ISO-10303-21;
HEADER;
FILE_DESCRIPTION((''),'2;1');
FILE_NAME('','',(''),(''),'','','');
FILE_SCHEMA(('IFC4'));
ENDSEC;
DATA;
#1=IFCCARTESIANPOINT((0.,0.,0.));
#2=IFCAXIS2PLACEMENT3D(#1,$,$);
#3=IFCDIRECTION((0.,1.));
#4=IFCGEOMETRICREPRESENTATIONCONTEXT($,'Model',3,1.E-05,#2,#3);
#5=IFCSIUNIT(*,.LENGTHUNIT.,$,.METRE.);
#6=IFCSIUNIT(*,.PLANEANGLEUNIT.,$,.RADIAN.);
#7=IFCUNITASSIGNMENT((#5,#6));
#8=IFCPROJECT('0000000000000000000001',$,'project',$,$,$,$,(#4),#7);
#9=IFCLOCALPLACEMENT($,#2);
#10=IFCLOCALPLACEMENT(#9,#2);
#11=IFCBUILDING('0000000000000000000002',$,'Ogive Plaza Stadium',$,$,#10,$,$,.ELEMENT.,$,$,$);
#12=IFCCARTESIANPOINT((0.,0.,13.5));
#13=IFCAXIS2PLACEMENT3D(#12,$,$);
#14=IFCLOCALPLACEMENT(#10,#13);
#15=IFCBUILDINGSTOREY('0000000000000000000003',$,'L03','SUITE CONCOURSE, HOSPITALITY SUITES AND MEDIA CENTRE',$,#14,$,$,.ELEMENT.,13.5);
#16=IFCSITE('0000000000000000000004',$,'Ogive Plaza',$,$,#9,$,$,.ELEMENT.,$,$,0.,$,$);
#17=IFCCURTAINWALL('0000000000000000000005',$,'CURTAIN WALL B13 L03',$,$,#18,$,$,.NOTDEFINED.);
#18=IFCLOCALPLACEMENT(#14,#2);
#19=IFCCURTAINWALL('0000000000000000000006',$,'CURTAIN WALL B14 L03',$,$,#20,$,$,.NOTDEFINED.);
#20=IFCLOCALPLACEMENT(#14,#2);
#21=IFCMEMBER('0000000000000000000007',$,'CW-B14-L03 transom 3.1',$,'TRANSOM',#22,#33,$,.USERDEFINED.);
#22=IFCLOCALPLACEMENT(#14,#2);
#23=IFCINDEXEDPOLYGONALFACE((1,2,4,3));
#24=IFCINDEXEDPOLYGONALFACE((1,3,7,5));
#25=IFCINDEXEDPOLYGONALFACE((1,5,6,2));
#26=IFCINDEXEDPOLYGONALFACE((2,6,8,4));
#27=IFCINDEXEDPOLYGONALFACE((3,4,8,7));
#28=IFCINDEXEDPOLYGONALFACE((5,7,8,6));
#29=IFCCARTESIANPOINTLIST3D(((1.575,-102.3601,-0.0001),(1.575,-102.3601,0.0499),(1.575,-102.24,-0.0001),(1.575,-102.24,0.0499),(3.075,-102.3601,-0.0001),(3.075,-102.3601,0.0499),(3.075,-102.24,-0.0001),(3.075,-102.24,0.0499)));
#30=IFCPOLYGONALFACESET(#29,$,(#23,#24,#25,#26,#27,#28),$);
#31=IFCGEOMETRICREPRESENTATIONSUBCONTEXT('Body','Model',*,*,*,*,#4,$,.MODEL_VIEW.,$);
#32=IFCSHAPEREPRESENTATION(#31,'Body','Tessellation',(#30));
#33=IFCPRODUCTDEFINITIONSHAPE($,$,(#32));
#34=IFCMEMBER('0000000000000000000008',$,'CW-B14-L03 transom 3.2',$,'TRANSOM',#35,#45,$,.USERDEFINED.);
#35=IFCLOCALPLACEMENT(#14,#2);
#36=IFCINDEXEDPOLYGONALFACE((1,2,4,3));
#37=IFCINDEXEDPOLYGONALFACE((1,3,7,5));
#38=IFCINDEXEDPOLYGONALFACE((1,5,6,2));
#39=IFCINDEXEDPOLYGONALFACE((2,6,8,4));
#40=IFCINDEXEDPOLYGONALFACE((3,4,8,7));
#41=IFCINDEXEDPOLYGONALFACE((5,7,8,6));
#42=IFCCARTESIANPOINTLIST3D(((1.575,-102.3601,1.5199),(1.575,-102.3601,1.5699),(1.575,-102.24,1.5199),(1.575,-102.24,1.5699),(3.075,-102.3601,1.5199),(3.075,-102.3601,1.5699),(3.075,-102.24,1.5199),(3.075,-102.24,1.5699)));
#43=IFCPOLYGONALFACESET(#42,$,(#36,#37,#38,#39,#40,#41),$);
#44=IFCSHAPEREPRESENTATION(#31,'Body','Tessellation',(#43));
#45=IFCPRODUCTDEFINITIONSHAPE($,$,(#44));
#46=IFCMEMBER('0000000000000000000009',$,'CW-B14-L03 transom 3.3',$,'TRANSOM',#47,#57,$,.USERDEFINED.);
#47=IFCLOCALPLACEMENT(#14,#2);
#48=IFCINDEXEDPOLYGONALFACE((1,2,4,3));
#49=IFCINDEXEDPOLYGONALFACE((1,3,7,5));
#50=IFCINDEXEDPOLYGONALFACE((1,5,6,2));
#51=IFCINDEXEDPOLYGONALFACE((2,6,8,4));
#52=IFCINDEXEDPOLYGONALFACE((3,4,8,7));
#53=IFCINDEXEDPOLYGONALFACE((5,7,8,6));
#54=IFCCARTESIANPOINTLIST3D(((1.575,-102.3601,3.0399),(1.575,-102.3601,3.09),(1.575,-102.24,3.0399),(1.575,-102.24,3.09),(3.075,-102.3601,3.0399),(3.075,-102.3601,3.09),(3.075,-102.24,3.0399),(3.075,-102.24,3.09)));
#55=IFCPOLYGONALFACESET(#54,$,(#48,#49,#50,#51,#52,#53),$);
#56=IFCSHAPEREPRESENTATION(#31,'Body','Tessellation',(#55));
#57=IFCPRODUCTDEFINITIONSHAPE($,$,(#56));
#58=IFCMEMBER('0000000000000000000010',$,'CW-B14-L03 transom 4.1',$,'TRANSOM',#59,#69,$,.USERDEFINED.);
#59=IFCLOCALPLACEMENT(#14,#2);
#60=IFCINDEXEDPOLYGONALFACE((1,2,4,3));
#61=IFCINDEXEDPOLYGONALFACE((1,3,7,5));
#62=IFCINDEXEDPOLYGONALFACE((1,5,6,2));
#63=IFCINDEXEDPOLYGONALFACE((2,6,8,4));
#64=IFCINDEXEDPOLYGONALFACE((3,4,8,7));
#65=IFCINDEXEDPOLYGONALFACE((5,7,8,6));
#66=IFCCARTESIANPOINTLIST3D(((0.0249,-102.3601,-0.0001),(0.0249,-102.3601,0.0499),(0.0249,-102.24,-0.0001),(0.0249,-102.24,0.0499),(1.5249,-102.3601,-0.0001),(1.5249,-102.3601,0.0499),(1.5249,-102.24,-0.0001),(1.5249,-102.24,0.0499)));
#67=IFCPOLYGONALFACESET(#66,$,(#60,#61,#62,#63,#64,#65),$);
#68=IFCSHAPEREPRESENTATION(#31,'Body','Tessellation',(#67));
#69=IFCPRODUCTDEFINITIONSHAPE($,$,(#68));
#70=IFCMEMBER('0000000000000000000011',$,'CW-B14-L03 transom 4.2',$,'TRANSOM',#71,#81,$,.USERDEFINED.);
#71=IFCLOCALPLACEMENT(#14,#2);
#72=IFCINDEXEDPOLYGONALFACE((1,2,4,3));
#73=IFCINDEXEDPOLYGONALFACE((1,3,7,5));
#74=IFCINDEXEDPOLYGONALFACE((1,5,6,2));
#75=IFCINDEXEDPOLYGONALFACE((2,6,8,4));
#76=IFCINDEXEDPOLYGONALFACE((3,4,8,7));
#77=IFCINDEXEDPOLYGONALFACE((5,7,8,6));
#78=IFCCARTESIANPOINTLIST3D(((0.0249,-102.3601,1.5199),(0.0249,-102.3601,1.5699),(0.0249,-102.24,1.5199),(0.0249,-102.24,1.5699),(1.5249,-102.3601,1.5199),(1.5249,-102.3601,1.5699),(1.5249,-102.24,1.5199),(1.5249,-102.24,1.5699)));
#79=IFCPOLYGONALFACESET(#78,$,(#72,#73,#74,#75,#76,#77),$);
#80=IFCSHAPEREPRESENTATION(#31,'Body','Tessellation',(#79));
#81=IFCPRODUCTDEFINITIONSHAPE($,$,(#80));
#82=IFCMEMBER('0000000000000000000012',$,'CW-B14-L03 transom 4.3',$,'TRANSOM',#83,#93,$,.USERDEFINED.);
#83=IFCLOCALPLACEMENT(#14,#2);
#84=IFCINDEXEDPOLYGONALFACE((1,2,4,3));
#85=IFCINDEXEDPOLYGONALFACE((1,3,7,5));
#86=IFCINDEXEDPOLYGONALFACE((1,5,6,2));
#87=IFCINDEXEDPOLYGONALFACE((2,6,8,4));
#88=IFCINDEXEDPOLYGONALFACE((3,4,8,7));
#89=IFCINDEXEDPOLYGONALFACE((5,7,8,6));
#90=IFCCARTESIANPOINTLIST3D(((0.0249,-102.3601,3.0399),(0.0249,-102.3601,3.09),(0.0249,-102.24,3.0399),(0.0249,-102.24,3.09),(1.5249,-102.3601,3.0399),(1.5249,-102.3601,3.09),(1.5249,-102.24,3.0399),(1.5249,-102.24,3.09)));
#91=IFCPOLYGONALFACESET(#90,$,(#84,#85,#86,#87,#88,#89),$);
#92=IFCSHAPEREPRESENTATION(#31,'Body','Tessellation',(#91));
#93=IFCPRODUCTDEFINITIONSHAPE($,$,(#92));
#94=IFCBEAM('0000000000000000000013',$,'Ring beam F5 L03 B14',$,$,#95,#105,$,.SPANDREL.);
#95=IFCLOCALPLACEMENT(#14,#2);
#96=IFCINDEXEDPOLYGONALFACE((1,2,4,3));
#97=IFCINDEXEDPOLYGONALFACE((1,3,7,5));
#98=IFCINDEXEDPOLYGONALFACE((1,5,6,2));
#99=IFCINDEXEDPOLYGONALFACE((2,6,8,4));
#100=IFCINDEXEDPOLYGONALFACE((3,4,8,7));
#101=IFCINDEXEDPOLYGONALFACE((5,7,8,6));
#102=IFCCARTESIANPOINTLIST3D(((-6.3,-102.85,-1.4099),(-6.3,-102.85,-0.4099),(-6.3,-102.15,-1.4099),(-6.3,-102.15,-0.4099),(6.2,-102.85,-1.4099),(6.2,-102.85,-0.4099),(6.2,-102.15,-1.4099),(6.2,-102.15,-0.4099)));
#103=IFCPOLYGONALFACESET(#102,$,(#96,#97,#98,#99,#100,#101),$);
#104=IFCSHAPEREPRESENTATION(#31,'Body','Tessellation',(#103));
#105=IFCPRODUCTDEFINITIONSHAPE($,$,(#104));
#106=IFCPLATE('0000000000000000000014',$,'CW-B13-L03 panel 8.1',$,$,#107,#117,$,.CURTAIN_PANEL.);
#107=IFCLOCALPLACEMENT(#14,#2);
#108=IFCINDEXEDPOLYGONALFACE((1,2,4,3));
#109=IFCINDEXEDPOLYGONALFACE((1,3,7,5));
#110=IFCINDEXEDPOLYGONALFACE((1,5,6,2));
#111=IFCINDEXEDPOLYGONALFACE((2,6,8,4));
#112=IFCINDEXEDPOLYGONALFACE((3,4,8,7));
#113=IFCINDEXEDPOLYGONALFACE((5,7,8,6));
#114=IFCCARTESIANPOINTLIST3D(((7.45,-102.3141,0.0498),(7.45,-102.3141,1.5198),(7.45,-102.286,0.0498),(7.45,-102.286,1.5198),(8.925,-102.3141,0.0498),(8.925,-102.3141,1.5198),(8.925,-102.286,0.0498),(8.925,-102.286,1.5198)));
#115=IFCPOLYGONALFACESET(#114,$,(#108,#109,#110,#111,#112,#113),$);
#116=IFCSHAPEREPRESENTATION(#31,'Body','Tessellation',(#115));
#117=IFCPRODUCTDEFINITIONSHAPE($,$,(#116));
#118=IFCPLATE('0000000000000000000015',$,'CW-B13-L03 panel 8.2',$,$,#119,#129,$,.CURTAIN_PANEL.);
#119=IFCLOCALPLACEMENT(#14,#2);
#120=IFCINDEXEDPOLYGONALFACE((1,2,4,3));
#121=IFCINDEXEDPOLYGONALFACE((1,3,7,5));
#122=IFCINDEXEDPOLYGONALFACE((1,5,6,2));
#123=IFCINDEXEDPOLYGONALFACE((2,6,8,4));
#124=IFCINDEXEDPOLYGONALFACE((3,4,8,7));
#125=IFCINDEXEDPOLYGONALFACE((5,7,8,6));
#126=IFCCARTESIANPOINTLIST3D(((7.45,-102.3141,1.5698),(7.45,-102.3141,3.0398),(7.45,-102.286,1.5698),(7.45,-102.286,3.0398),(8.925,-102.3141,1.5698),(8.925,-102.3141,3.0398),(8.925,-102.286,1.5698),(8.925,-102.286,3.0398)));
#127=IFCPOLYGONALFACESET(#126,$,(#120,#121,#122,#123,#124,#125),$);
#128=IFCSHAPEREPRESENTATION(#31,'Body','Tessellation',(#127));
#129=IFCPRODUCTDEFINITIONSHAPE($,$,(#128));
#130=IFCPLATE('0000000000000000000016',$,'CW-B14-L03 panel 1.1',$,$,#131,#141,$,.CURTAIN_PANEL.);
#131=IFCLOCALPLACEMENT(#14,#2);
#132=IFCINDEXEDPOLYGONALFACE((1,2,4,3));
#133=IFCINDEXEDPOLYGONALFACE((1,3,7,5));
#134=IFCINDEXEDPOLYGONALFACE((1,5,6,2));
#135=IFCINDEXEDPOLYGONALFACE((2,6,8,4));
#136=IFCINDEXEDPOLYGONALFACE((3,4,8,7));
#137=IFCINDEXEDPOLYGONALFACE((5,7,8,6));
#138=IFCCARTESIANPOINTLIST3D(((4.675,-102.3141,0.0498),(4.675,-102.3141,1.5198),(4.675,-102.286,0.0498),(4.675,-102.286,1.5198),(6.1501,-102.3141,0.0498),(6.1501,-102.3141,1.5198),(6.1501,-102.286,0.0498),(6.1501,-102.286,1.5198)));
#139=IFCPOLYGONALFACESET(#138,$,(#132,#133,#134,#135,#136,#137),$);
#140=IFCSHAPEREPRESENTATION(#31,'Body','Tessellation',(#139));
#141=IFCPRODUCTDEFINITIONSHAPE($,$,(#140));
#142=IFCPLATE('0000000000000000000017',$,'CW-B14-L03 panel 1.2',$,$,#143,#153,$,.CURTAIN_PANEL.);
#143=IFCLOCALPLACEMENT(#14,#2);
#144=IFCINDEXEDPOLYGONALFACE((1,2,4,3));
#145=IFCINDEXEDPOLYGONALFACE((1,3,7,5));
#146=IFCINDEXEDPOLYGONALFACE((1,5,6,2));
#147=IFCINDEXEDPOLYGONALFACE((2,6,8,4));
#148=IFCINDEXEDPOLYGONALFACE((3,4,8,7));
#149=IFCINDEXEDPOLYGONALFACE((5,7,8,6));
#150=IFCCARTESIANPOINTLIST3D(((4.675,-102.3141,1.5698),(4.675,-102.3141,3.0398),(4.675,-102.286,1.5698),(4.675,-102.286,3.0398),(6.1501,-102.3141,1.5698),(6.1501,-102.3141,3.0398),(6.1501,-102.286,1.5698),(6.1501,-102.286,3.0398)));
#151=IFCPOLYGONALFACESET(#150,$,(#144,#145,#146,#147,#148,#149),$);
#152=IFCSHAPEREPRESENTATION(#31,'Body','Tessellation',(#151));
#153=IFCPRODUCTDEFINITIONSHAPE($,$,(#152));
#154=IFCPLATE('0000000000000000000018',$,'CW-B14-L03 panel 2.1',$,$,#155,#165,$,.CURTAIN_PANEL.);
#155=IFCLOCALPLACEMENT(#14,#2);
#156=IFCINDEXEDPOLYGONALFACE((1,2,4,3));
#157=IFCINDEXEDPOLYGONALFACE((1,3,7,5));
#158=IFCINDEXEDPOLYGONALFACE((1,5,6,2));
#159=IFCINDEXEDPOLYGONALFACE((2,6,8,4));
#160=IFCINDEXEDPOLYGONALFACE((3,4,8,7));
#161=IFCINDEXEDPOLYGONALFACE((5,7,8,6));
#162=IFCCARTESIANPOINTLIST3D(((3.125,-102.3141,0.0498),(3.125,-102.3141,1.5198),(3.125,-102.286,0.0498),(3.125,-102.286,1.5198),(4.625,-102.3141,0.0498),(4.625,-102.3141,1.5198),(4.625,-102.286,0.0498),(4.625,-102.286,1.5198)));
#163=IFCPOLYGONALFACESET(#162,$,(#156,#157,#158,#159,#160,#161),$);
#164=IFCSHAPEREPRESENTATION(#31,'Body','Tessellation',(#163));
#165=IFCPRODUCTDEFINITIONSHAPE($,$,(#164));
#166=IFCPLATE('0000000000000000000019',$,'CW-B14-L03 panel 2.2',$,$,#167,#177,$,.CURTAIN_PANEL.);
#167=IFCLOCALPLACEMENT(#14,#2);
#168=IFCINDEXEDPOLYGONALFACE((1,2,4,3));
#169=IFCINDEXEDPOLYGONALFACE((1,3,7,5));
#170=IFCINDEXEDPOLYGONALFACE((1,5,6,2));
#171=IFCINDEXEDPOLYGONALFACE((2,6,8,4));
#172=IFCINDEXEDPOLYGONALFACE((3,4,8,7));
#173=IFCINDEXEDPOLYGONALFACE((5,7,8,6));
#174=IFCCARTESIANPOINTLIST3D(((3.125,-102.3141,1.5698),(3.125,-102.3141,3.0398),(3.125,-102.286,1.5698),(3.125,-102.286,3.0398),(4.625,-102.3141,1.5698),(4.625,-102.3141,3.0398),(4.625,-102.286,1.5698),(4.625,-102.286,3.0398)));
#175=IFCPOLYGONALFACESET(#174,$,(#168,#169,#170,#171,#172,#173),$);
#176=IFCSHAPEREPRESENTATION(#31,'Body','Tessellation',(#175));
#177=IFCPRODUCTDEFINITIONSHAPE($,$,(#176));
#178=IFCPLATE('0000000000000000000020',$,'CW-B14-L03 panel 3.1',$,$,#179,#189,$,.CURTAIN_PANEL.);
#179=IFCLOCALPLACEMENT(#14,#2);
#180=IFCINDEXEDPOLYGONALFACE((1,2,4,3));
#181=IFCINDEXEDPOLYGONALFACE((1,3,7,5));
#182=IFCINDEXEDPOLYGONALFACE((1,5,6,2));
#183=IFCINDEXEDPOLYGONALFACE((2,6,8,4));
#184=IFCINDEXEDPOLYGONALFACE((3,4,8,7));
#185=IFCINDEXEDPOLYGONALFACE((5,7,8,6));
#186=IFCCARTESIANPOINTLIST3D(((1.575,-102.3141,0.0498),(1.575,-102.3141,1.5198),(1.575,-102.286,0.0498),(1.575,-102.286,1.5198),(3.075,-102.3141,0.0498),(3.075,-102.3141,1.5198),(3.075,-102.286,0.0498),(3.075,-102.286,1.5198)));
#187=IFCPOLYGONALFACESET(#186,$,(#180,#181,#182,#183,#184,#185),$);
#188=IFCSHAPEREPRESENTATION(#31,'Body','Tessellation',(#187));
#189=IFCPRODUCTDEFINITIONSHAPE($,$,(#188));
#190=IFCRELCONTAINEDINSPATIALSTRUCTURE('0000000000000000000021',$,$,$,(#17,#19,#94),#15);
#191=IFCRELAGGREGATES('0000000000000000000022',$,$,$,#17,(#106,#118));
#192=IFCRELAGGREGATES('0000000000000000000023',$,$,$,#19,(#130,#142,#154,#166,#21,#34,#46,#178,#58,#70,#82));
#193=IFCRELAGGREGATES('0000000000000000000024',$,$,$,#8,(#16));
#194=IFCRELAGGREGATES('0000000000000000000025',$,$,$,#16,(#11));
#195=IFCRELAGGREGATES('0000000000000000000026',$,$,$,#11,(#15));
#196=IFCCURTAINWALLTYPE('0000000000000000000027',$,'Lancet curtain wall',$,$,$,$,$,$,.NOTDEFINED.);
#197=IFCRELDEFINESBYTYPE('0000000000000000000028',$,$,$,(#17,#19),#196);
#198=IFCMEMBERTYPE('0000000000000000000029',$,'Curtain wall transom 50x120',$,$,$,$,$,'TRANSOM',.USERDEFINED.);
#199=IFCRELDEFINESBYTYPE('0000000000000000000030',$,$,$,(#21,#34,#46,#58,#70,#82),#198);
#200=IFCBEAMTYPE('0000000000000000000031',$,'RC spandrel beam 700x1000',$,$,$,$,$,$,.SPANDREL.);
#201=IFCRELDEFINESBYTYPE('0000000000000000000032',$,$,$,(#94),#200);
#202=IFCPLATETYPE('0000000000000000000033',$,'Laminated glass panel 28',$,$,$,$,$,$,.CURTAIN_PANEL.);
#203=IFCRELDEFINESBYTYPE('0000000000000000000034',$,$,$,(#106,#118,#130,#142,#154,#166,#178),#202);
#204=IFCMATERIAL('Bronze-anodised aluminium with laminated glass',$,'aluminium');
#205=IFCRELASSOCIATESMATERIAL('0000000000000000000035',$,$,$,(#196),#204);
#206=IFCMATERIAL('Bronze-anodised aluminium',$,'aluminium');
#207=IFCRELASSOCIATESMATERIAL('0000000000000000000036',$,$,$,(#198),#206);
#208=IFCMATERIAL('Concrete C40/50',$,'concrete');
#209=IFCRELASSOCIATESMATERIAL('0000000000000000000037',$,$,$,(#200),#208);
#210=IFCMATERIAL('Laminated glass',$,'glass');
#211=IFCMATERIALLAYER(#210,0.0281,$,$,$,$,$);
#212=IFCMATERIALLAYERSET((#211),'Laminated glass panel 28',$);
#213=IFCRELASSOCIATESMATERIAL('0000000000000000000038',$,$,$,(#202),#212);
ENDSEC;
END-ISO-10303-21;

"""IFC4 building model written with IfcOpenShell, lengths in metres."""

from ifc_helpers import new_model, si_unit, direction, frame, origin, origin_2d, place, context, subcontext, project, spatial, rectangle, extrude, material, layer, layer_set, material_profile, profile_set, type_object, element, aggregate, save


model = new_model("IFC4")

# Units and contexts
model_context = context("Model", 3, precision=1e-05, world=origin(), true_north=direction((0.0, 1.0)))
body_context = subcontext(model_context, "Body", "Model", "MODEL_VIEW")
ifc_project = project(units=[si_unit("LENGTHUNIT", "METRE"), si_unit("PLANEANGLEUNIT", "RADIAN")], contexts=[model_context])

# Site, building, storey
site_placement = place(None, origin())
site = spatial("IfcSite", under=ifc_project, at=site_placement, Name="Ogive Plaza", CompositionType="ELEMENT", RefElevation=0.0)
building_placement = place(site_placement, origin())
building = spatial("IfcBuilding", under=site, at=building_placement, Name="Ogive Plaza Stadium", CompositionType="ELEMENT")
storey_placement = place(building_placement, frame((0.0, 0.0, 13.5)))
storey = spatial("IfcBuildingStorey", under=building, at=storey_placement, Name="L03", Description="SUITE CONCOURSE, HOSPITALITY SUITES AND MEDIA CENTRE", CompositionType="ELEMENT", Elevation=13.5)

# Curtain wall
ifc_material_1 = material(Name="Bronze-anodised aluminium with laminated glass", Category="aluminium")
curtain_wall_type = type_object("IfcCurtainWallType", Name="Lancet curtain wall", PredefinedType="NOTDEFINED", material=ifc_material_1)
curtain_wall_1_placement = place(storey_placement, origin())
curtain_wall_1 = element("IfcCurtainWall", 1, at=curtain_wall_1_placement, inside=storey, type_object=curtain_wall_type, Name="CURTAIN WALL B13 L03", PredefinedType="NOTDEFINED")

# Curtain wall
curtain_wall_2_placement = place(storey_placement, origin())
curtain_wall_2 = element("IfcCurtainWall", 2, at=curtain_wall_2_placement, inside=storey, type_object=curtain_wall_type, Name="CURTAIN WALL B14 L03", PredefinedType="NOTDEFINED")

# Members
ifc_material_2 = material(Name="Bronze-anodised aluminium", Category="aluminium")
ifc_material_profile_1 = material_profile(ifc_material_2, rectangle(XDim=0.1201, YDim=0.05, at=origin_2d()), Name="AL 120x50")
ifc_profile_set_1 = profile_set([ifc_material_profile_1], Name="Bronze-anodised aluminium")
member_type_1 = type_object("IfcMemberType", Name="Curtain wall transom 50x120", ElementType="TRANSOM", PredefinedType="USERDEFINED", material=ifc_profile_set_1)
member_1_placement = place(storey_placement, frame((3.075, -102.3, 0.0249), z_axis=(-1.0, 0.0, 0.0), x_axis=(0.0, -1.0, 0.0)))
member_1 = element("IfcMember", 3, at=member_1_placement, type_object=member_type_1, Name="CW-B14-L03 transom 3.1", ObjectType="TRANSOM", PredefinedType="USERDEFINED", context=body_context, shape_type="SweptSolid", body=[
    extrude(rectangle(XDim=0.1201, YDim=0.05, at=origin_2d()), origin(), (0.0, 0.0, 1.0), 1.5),
])
member_2_placement = place(storey_placement, frame((3.075, -102.3, 1.5449), z_axis=(-1.0, 0.0, 0.0), x_axis=(0.0, -1.0, 0.0)))
member_2 = element("IfcMember", 4, at=member_2_placement, type_object=member_type_1, Name="CW-B14-L03 transom 3.2", ObjectType="TRANSOM", PredefinedType="USERDEFINED", context=body_context, shape_type="SweptSolid", body=[
    extrude(rectangle(XDim=0.1201, YDim=0.05, at=origin_2d()), origin(), (0.0, 0.0, 1.0), 1.5),
])
member_3_placement = place(storey_placement, frame((3.075, -102.3, 3.0649), z_axis=(-1.0, 0.0, 0.0), x_axis=(0.0, -1.0, 0.0)))
member_3 = element("IfcMember", 5, at=member_3_placement, type_object=member_type_1, Name="CW-B14-L03 transom 3.3", ObjectType="TRANSOM", PredefinedType="USERDEFINED", context=body_context, shape_type="SweptSolid", body=[
    extrude(rectangle(XDim=0.1201, YDim=0.05, at=origin_2d()), origin(), (0.0, 0.0, 1.0), 1.5),
])
member_4_placement = place(storey_placement, frame((1.5249, -102.3, 0.0249), z_axis=(-1.0, 0.0, 0.0), x_axis=(0.0, -1.0, 0.0)))
member_4 = element("IfcMember", 6, at=member_4_placement, type_object=member_type_1, Name="CW-B14-L03 transom 4.1", ObjectType="TRANSOM", PredefinedType="USERDEFINED", context=body_context, shape_type="SweptSolid", body=[
    extrude(rectangle(XDim=0.1201, YDim=0.05, at=origin_2d()), origin(), (0.0, 0.0, 1.0), 1.5),
])
member_5_placement = place(storey_placement, frame((1.5249, -102.3, 1.5449), z_axis=(-1.0, 0.0, 0.0), x_axis=(0.0, -1.0, 0.0)))
member_5 = element("IfcMember", 7, at=member_5_placement, type_object=member_type_1, Name="CW-B14-L03 transom 4.2", ObjectType="TRANSOM", PredefinedType="USERDEFINED", context=body_context, shape_type="SweptSolid", body=[
    extrude(rectangle(XDim=0.1201, YDim=0.05, at=origin_2d()), origin(), (0.0, 0.0, 1.0), 1.5),
])
member_6_placement = place(storey_placement, frame((1.5249, -102.3, 3.0649), z_axis=(-1.0, 0.0, 0.0), x_axis=(0.0, -1.0, 0.0)))
member_6 = element("IfcMember", 8, at=member_6_placement, type_object=member_type_1, Name="CW-B14-L03 transom 4.3", ObjectType="TRANSOM", PredefinedType="USERDEFINED", context=body_context, shape_type="SweptSolid", body=[
    extrude(rectangle(XDim=0.1201, YDim=0.05, at=origin_2d()), origin(), (0.0, 0.0, 1.0), 1.5),
])

# Beam
ifc_material_3 = material(Name="Concrete C40/50", Category="concrete")
ifc_material_profile_2 = material_profile(ifc_material_3, rectangle(XDim=0.7, YDim=1.0, at=origin_2d()), Name="RC 700x1000")
ifc_profile_set_2 = profile_set([ifc_material_profile_2], Name="Concrete C40/50")
beam_type = type_object("IfcBeamType", Name="RC spandrel beam 700x1000", PredefinedType="SPANDREL", material=ifc_profile_set_2)
beam_placement = place(storey_placement, frame((6.2, -102.5, -0.9099), z_axis=(-1.0, 0.0, 0.0), x_axis=(0.0, -1.0, 0.0)))
element("IfcBeam", 9, at=beam_placement, inside=storey, type_object=beam_type, Name="Ring beam F5 L03 B14", PredefinedType="SPANDREL", context=body_context, shape_type="SweptSolid", body=[
    extrude(rectangle(XDim=0.7, YDim=1.0, at=origin_2d()), origin(), (0.0, 0.0, 1.0), 12.5),
])

# Plates
ifc_material_4 = material(Name="Laminated glass", Category="glass")
ifc_layer = layer(ifc_material_4, 0.0281)
ifc_layer_set = layer_set([ifc_layer], Name="Laminated glass panel 28")
plate_type = type_object("IfcPlateType", Name="Laminated glass panel 28", PredefinedType="CURTAIN_PANEL", material=ifc_layer_set)
plate_1_placement = place(storey_placement, frame((8.1875, -102.3, 0.0498), z_axis=(0.0, 0.0, 1.0), x_axis=(-1.0, 0.0, 0.0)))
plate_1 = element("IfcPlate", 10, at=plate_1_placement, type_object=plate_type, Name="CW-B13-L03 panel 8.1", PredefinedType="CURTAIN_PANEL", context=body_context, shape_type="SweptSolid", body=[
    extrude(rectangle(XDim=1.4751, YDim=0.0281, at=origin_2d()), origin(), (0.0, 0.0, 1.0), 1.47),
])
plate_2_placement = place(storey_placement, frame((8.1875, -102.3, 1.5698), z_axis=(0.0, 0.0, 1.0), x_axis=(-1.0, 0.0, 0.0)))
plate_2 = element("IfcPlate", 11, at=plate_2_placement, type_object=plate_type, Name="CW-B13-L03 panel 8.2", PredefinedType="CURTAIN_PANEL", context=body_context, shape_type="SweptSolid", body=[
    extrude(rectangle(XDim=1.4751, YDim=0.0281, at=origin_2d()), origin(), (0.0, 0.0, 1.0), 1.47),
])
aggregate(curtain_wall_1, [plate_1, plate_2])
plate_3_placement = place(storey_placement, frame((5.4126, -102.3, 0.0498), z_axis=(0.0, 0.0, 1.0), x_axis=(-1.0, 0.0, 0.0)))
plate_3 = element("IfcPlate", 12, at=plate_3_placement, type_object=plate_type, Name="CW-B14-L03 panel 1.1", PredefinedType="CURTAIN_PANEL", context=body_context, shape_type="SweptSolid", body=[
    extrude(rectangle(XDim=1.4751, YDim=0.0281, at=origin_2d()), origin(), (0.0, 0.0, 1.0), 1.47),
])
plate_4_placement = place(storey_placement, frame((5.4126, -102.3, 1.5698), z_axis=(0.0, 0.0, 1.0), x_axis=(-1.0, 0.0, 0.0)))
plate_4 = element("IfcPlate", 13, at=plate_4_placement, type_object=plate_type, Name="CW-B14-L03 panel 1.2", PredefinedType="CURTAIN_PANEL", context=body_context, shape_type="SweptSolid", body=[
    extrude(rectangle(XDim=1.4751, YDim=0.0281, at=origin_2d()), origin(), (0.0, 0.0, 1.0), 1.47),
])
plate_5_placement = place(storey_placement, frame((3.875, -102.3, 0.0498), z_axis=(0.0, 0.0, 1.0), x_axis=(-1.0, 0.0, 0.0)))
plate_5 = element("IfcPlate", 14, at=plate_5_placement, type_object=plate_type, Name="CW-B14-L03 panel 2.1", PredefinedType="CURTAIN_PANEL", context=body_context, shape_type="SweptSolid", body=[
    extrude(rectangle(XDim=1.5, YDim=0.0281, at=origin_2d()), origin(), (0.0, 0.0, 1.0), 1.47),
])
plate_6_placement = place(storey_placement, frame((3.875, -102.3, 1.5698), z_axis=(0.0, 0.0, 1.0), x_axis=(-1.0, 0.0, 0.0)))
plate_6 = element("IfcPlate", 15, at=plate_6_placement, type_object=plate_type, Name="CW-B14-L03 panel 2.2", PredefinedType="CURTAIN_PANEL", context=body_context, shape_type="SweptSolid", body=[
    extrude(rectangle(XDim=1.5, YDim=0.0281, at=origin_2d()), origin(), (0.0, 0.0, 1.0), 1.47),
])
plate_7_placement = place(storey_placement, frame((2.325, -102.3, 0.0498), z_axis=(0.0, 0.0, 1.0), x_axis=(-1.0, 0.0, 0.0)))
plate_7 = element("IfcPlate", 16, at=plate_7_placement, type_object=plate_type, Name="CW-B14-L03 panel 3.1", PredefinedType="CURTAIN_PANEL", context=body_context, shape_type="SweptSolid", body=[
    extrude(rectangle(XDim=1.5, YDim=0.0281, at=origin_2d()), origin(), (0.0, 0.0, 1.0), 1.47),
])
aggregate(curtain_wall_2, [plate_3, plate_4, plate_5, plate_6, member_1, member_2, member_3, plate_7, member_4, member_5, member_6])

save(model, "model.ifc")
